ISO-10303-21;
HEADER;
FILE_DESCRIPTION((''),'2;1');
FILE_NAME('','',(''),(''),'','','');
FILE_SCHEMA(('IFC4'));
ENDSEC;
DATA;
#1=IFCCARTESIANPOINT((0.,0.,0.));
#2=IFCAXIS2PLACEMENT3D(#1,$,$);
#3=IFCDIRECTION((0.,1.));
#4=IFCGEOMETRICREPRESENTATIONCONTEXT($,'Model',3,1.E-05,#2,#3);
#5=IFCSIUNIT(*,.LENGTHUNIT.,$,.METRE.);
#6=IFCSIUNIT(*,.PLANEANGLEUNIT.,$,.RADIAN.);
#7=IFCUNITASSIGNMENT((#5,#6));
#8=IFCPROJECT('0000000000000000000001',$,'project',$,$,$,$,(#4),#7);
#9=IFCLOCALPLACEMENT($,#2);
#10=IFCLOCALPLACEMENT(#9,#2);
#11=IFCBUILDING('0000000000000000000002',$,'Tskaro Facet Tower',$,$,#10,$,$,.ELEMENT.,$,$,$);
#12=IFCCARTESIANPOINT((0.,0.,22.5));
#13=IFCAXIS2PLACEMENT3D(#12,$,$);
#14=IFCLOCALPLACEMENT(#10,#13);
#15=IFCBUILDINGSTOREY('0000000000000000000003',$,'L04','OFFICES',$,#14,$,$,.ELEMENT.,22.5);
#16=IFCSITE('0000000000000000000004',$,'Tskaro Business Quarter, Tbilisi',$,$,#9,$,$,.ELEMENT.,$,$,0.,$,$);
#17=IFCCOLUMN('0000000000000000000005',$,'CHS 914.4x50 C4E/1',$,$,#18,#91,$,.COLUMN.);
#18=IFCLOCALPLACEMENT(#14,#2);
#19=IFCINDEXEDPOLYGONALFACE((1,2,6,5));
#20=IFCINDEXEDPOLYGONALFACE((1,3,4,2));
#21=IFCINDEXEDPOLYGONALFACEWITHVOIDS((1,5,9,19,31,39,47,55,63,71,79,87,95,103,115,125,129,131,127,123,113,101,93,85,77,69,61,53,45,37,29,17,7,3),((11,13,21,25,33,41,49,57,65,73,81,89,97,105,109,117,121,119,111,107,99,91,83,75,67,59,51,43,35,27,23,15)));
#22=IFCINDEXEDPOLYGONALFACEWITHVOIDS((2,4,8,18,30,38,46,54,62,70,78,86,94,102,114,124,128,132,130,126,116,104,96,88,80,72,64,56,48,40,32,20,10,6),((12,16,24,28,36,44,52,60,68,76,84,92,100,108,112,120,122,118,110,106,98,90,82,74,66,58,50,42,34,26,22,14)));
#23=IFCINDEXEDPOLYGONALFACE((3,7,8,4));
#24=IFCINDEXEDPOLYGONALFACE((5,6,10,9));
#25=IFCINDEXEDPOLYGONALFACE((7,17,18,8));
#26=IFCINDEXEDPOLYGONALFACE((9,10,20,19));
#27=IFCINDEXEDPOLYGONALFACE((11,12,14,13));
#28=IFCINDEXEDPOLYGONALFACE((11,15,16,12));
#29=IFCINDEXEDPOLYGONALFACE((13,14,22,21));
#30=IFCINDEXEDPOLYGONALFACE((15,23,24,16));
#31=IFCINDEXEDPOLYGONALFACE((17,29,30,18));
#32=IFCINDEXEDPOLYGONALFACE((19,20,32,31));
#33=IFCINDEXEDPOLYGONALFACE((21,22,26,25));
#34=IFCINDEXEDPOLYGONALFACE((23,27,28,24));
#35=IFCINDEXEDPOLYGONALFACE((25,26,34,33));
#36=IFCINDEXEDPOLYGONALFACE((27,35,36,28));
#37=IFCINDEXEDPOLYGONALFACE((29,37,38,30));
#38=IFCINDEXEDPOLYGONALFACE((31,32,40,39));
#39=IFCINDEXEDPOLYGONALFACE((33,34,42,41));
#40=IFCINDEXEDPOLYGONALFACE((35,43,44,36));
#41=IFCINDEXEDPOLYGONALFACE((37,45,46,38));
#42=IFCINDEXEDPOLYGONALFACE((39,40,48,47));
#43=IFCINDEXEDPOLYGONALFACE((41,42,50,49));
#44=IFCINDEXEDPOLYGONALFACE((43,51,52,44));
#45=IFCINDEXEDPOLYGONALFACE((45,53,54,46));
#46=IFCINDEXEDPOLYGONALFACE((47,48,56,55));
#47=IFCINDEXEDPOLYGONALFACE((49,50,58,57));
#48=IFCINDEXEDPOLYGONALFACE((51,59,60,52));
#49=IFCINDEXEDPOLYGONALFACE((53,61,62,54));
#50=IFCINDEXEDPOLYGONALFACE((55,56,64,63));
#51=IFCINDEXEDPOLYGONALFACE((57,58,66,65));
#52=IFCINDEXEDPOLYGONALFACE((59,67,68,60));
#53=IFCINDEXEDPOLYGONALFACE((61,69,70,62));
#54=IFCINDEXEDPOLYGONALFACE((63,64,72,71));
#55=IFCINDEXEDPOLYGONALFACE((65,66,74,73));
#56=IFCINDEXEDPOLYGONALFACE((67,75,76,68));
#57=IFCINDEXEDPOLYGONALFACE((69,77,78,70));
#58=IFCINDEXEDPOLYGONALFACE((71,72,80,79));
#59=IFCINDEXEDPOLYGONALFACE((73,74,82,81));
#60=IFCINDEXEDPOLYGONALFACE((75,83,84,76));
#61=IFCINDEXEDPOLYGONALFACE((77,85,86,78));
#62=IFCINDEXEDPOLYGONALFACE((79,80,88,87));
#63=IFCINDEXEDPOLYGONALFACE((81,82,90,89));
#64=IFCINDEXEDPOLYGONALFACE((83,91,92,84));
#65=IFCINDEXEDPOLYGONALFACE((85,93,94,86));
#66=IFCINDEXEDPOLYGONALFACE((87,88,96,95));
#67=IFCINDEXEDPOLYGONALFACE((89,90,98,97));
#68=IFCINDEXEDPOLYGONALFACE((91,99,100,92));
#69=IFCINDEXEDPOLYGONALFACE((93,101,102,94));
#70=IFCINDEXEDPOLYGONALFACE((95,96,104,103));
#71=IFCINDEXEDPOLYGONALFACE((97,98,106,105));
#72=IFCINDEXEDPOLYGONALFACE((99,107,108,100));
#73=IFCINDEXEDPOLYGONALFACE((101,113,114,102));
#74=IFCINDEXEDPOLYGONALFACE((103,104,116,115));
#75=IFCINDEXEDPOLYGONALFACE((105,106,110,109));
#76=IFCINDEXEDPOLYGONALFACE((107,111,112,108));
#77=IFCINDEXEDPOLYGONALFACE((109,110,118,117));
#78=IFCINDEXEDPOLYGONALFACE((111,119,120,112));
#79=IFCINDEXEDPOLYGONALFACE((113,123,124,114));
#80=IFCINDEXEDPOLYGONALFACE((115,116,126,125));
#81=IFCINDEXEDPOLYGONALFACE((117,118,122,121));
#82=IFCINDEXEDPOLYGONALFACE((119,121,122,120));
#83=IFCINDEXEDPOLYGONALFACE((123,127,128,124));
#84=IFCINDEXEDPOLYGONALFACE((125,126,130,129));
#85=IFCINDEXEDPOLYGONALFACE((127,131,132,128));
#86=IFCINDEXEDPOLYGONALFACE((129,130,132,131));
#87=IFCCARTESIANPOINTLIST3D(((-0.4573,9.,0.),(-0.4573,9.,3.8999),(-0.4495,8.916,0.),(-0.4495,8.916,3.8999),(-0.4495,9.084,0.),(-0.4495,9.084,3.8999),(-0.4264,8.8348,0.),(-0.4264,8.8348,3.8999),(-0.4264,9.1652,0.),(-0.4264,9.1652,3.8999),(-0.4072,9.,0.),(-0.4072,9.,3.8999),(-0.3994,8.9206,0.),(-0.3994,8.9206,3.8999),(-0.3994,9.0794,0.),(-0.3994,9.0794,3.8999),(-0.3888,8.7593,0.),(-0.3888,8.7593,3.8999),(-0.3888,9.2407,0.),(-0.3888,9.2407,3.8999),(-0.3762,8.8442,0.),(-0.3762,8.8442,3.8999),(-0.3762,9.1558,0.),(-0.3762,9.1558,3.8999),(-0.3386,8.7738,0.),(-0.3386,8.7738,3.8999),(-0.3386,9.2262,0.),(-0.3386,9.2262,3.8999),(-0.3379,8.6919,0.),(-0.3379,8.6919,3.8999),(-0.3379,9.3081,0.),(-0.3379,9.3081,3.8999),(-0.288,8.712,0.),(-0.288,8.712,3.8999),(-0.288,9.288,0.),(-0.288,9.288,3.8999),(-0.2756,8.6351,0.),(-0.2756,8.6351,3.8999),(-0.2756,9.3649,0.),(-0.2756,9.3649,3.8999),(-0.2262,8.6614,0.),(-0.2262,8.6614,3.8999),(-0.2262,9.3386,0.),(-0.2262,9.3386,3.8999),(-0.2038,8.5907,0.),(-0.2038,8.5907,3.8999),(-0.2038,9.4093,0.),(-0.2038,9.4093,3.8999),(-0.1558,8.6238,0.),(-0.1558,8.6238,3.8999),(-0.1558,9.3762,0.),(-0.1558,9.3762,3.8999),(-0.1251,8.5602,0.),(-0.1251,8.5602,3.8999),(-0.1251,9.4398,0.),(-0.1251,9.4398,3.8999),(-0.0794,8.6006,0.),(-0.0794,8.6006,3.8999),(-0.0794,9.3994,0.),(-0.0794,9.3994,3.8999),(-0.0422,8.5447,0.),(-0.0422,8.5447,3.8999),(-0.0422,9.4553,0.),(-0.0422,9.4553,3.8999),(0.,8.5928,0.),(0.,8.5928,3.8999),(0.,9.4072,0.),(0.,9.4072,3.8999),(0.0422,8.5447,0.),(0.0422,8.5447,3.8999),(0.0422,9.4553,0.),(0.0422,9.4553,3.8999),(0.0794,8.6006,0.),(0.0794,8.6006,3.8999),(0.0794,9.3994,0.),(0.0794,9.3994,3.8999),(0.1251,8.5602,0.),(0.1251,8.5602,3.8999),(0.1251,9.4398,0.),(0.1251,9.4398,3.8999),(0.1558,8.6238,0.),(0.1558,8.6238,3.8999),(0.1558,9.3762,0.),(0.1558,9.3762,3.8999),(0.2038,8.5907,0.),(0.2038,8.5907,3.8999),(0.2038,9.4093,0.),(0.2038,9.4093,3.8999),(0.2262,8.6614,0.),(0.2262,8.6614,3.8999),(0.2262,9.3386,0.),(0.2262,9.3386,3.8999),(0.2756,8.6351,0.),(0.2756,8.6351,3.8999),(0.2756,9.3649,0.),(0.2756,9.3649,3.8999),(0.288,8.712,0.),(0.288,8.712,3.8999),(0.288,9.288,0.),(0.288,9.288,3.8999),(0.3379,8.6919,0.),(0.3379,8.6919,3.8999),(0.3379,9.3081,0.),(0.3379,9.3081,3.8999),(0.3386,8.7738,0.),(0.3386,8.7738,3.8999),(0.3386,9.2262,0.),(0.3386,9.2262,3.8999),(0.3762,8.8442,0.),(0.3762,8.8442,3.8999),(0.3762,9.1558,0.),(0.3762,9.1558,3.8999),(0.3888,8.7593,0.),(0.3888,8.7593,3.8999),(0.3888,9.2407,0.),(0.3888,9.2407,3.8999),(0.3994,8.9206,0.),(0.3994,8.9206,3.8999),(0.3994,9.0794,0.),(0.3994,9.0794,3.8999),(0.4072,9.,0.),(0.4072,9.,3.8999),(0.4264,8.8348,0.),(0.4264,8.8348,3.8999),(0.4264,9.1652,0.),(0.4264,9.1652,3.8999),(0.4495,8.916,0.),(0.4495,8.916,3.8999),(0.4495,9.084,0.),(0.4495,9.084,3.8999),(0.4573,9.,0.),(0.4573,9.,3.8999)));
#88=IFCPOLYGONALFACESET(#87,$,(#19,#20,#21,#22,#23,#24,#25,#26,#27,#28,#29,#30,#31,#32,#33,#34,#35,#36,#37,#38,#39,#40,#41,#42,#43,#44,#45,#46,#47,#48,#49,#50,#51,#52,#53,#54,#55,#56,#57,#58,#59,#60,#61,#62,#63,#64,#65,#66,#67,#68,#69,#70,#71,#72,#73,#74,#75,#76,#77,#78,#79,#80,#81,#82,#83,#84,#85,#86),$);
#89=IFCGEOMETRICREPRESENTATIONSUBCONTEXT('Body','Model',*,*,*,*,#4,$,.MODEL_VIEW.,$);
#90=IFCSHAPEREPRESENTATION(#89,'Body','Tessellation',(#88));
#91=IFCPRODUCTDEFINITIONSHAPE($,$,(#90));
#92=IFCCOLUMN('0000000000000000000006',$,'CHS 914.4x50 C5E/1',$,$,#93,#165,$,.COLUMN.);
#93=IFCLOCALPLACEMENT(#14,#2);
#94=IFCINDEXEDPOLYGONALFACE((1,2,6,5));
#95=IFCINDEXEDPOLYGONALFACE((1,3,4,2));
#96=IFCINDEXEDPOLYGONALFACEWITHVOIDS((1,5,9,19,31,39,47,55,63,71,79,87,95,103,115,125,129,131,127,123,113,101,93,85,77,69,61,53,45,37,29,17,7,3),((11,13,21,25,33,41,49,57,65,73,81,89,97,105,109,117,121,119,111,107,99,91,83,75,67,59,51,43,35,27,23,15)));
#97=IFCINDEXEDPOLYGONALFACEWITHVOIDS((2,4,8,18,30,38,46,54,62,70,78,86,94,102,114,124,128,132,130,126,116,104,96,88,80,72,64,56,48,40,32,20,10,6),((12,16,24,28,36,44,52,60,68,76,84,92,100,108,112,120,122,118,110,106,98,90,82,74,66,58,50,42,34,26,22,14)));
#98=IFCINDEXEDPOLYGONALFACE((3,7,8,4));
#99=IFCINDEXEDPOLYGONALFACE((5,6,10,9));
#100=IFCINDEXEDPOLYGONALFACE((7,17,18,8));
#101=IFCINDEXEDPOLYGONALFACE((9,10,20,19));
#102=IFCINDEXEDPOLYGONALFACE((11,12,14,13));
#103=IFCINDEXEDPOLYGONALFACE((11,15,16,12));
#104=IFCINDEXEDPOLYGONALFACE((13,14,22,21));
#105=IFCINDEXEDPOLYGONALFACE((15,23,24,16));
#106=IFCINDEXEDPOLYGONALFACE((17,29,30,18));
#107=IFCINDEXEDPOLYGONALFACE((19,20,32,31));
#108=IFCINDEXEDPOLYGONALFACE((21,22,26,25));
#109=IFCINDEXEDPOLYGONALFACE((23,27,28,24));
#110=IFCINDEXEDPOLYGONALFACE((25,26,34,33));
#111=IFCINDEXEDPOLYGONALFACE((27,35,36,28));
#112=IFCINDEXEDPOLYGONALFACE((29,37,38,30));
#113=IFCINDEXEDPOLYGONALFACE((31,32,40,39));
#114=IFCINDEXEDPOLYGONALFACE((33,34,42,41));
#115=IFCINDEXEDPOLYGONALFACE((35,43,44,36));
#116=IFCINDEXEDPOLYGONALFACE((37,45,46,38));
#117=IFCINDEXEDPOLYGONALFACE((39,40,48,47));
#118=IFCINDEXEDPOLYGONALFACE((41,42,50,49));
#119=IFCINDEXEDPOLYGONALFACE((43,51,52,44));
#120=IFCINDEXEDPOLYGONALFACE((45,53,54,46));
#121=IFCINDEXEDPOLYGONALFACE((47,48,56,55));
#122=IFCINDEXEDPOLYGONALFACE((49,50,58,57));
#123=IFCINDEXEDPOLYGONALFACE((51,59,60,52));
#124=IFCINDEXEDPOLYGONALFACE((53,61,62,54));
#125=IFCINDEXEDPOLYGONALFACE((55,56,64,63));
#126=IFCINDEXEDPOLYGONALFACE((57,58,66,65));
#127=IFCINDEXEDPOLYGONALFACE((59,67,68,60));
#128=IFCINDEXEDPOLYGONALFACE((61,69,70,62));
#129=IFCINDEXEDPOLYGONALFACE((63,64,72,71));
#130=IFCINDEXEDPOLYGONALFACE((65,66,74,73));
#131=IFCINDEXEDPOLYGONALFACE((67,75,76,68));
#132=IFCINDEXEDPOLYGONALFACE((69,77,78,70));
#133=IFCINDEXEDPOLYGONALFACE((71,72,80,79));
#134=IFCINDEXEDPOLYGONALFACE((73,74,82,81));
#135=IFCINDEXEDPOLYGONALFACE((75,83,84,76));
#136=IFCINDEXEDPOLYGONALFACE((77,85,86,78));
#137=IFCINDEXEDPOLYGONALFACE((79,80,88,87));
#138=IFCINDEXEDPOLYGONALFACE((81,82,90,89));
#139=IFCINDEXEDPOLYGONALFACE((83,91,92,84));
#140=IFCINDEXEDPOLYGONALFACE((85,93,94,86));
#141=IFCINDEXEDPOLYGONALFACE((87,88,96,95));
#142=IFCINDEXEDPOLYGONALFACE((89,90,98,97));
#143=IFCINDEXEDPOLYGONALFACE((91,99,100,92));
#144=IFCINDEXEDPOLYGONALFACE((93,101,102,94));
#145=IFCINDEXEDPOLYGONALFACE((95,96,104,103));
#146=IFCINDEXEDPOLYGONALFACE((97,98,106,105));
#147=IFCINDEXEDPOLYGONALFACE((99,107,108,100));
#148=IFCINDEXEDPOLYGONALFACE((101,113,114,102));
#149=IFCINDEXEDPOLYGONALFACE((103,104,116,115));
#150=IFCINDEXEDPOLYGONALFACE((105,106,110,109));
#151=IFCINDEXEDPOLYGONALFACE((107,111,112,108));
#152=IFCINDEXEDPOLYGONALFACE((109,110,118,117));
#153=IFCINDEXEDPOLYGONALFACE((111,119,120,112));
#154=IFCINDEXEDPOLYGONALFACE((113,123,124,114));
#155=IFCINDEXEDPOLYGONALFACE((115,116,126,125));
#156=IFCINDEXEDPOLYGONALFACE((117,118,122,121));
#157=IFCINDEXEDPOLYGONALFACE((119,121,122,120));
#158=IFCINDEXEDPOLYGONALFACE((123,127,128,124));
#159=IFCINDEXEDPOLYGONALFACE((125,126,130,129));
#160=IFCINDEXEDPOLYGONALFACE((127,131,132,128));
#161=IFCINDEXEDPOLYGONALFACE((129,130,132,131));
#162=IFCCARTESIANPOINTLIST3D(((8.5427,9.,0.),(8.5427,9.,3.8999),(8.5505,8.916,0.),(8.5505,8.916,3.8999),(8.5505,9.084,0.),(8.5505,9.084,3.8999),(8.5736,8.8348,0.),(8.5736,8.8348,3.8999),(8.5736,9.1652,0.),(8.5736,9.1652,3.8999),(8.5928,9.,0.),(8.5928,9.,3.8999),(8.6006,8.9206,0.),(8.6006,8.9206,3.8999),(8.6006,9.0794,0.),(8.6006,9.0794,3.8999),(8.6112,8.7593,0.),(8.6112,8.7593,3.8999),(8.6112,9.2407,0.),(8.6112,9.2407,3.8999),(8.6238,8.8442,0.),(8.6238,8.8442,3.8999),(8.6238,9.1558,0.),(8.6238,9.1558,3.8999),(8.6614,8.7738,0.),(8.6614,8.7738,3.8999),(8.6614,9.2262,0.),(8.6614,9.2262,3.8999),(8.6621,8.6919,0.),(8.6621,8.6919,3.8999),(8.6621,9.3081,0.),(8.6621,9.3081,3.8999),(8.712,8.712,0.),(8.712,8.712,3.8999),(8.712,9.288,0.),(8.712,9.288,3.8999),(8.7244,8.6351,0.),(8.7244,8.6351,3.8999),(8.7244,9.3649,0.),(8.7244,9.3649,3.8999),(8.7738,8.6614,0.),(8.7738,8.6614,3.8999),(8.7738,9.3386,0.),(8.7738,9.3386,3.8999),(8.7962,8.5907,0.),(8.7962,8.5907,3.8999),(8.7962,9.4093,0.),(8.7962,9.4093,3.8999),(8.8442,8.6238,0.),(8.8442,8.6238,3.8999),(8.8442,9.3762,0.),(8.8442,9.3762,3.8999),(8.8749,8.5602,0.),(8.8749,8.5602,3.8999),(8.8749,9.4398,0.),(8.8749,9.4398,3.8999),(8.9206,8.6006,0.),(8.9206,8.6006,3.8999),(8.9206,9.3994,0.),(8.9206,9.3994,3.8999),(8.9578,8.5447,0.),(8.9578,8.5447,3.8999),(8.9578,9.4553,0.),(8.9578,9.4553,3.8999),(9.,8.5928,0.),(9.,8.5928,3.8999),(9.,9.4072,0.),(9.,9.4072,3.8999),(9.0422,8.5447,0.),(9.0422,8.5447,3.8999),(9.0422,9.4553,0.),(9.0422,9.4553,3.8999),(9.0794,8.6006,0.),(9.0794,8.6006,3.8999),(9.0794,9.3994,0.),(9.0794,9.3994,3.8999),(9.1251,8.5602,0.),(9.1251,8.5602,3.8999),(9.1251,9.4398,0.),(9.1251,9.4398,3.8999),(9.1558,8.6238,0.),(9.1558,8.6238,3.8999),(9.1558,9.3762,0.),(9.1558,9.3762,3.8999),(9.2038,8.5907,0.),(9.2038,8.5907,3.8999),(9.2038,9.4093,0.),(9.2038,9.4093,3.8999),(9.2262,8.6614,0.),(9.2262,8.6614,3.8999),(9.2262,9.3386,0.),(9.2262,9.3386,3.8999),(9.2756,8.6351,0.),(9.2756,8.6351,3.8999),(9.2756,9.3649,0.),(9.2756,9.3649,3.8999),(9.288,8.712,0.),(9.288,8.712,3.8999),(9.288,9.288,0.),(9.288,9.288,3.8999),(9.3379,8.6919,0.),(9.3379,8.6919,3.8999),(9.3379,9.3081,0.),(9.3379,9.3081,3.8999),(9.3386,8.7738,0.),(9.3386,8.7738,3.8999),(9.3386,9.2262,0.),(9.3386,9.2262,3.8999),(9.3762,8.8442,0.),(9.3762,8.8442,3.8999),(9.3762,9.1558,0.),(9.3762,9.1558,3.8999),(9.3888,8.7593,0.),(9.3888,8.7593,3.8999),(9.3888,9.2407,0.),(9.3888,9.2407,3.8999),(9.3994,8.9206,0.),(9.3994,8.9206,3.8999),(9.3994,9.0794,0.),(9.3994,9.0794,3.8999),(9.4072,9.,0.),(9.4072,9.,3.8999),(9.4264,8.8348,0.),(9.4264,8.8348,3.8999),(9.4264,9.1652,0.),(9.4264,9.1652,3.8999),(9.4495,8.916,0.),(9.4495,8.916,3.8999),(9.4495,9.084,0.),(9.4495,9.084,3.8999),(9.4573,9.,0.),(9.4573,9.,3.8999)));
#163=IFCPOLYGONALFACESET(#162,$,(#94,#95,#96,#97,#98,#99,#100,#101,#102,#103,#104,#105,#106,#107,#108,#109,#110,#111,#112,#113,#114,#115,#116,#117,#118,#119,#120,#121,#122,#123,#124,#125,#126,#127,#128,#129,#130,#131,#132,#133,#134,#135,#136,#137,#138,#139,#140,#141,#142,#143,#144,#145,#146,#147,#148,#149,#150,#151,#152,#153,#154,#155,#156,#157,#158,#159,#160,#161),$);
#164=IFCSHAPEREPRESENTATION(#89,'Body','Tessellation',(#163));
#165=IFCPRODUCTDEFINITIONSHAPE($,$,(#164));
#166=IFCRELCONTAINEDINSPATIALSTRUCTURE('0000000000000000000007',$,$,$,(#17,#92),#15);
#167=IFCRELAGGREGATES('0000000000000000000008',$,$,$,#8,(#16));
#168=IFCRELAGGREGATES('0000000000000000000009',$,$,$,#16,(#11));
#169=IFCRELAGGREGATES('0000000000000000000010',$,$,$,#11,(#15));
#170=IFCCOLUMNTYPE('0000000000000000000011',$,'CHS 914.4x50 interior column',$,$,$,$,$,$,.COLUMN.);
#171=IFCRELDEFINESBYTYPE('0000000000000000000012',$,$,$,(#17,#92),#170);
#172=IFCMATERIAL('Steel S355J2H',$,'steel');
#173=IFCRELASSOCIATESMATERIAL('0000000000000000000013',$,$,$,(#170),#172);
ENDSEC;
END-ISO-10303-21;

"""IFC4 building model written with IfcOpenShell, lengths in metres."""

from ifc_helpers import new_model, si_unit, direction, frame, origin, origin_2d, place, context, subcontext, project, spatial, hollow_circle, extrude, material, material_profile, profile_set, type_object, element, save


model = new_model("IFC4")

# Units and contexts
model_context = context("Model", 3, precision=1e-05, world=origin(), true_north=direction((0.0, 1.0)))
body_context = subcontext(model_context, "Body", "Model", "MODEL_VIEW")
ifc_project = project(units=[si_unit("LENGTHUNIT", "METRE"), si_unit("PLANEANGLEUNIT", "RADIAN")], contexts=[model_context])

# Site, building, storey
site_placement = place(None, origin())
site = spatial("IfcSite", under=ifc_project, at=site_placement, Name="Tskaro Business Quarter, Tbilisi", CompositionType="ELEMENT", RefElevation=0.0)
building_placement = place(site_placement, origin())
building = spatial("IfcBuilding", under=site, at=building_placement, Name="Tskaro Facet Tower", CompositionType="ELEMENT")
storey_placement = place(building_placement, frame((0.0, 0.0, 22.5)))
storey = spatial("IfcBuildingStorey", under=building, at=storey_placement, Name="L04", Description="OFFICES", CompositionType="ELEMENT", Elevation=22.5)

# Columns
ifc_material_1 = material(Name="Steel S355J2H", Category="steel")
ifc_material_profile_1 = material_profile(ifc_material_1, hollow_circle(Radius=0.4573, WallThickness=0.05, at=origin_2d()), Name="CHS 914.4x50")
ifc_profile_set_1 = profile_set([ifc_material_profile_1], Name="Steel S355J2H")
column_type = type_object("IfcColumnType", Name="CHS 914.4x50 interior column", PredefinedType="COLUMN", material=ifc_profile_set_1)
for number, where, z_axis, x_axis, name in (
    (1, (0.0, 9.0, 0.0), (0.0, 0.0, 1.0), (1.0, 0.0, 0.0), "CHS 914.4x50 C4E/1"),
    (2, (9.0, 9.0, 0.0), (0.0, 0.0, 1.0), (1.0, 0.0, 0.0), "CHS 914.4x50 C5E/1"),
):
    element("IfcColumn", number, at=place(storey_placement, frame(where, z_axis=z_axis, x_axis=x_axis)), inside=storey, type_object=column_type, Name=name, PredefinedType="COLUMN", context=body_context, shape_type="SweptSolid", body=[
        extrude(hollow_circle(Radius=0.4573, WallThickness=0.05, at=origin_2d()), origin(), (0.0, 0.0, 1.0), 3.8999),
    ])

save(model, "model.ifc")
